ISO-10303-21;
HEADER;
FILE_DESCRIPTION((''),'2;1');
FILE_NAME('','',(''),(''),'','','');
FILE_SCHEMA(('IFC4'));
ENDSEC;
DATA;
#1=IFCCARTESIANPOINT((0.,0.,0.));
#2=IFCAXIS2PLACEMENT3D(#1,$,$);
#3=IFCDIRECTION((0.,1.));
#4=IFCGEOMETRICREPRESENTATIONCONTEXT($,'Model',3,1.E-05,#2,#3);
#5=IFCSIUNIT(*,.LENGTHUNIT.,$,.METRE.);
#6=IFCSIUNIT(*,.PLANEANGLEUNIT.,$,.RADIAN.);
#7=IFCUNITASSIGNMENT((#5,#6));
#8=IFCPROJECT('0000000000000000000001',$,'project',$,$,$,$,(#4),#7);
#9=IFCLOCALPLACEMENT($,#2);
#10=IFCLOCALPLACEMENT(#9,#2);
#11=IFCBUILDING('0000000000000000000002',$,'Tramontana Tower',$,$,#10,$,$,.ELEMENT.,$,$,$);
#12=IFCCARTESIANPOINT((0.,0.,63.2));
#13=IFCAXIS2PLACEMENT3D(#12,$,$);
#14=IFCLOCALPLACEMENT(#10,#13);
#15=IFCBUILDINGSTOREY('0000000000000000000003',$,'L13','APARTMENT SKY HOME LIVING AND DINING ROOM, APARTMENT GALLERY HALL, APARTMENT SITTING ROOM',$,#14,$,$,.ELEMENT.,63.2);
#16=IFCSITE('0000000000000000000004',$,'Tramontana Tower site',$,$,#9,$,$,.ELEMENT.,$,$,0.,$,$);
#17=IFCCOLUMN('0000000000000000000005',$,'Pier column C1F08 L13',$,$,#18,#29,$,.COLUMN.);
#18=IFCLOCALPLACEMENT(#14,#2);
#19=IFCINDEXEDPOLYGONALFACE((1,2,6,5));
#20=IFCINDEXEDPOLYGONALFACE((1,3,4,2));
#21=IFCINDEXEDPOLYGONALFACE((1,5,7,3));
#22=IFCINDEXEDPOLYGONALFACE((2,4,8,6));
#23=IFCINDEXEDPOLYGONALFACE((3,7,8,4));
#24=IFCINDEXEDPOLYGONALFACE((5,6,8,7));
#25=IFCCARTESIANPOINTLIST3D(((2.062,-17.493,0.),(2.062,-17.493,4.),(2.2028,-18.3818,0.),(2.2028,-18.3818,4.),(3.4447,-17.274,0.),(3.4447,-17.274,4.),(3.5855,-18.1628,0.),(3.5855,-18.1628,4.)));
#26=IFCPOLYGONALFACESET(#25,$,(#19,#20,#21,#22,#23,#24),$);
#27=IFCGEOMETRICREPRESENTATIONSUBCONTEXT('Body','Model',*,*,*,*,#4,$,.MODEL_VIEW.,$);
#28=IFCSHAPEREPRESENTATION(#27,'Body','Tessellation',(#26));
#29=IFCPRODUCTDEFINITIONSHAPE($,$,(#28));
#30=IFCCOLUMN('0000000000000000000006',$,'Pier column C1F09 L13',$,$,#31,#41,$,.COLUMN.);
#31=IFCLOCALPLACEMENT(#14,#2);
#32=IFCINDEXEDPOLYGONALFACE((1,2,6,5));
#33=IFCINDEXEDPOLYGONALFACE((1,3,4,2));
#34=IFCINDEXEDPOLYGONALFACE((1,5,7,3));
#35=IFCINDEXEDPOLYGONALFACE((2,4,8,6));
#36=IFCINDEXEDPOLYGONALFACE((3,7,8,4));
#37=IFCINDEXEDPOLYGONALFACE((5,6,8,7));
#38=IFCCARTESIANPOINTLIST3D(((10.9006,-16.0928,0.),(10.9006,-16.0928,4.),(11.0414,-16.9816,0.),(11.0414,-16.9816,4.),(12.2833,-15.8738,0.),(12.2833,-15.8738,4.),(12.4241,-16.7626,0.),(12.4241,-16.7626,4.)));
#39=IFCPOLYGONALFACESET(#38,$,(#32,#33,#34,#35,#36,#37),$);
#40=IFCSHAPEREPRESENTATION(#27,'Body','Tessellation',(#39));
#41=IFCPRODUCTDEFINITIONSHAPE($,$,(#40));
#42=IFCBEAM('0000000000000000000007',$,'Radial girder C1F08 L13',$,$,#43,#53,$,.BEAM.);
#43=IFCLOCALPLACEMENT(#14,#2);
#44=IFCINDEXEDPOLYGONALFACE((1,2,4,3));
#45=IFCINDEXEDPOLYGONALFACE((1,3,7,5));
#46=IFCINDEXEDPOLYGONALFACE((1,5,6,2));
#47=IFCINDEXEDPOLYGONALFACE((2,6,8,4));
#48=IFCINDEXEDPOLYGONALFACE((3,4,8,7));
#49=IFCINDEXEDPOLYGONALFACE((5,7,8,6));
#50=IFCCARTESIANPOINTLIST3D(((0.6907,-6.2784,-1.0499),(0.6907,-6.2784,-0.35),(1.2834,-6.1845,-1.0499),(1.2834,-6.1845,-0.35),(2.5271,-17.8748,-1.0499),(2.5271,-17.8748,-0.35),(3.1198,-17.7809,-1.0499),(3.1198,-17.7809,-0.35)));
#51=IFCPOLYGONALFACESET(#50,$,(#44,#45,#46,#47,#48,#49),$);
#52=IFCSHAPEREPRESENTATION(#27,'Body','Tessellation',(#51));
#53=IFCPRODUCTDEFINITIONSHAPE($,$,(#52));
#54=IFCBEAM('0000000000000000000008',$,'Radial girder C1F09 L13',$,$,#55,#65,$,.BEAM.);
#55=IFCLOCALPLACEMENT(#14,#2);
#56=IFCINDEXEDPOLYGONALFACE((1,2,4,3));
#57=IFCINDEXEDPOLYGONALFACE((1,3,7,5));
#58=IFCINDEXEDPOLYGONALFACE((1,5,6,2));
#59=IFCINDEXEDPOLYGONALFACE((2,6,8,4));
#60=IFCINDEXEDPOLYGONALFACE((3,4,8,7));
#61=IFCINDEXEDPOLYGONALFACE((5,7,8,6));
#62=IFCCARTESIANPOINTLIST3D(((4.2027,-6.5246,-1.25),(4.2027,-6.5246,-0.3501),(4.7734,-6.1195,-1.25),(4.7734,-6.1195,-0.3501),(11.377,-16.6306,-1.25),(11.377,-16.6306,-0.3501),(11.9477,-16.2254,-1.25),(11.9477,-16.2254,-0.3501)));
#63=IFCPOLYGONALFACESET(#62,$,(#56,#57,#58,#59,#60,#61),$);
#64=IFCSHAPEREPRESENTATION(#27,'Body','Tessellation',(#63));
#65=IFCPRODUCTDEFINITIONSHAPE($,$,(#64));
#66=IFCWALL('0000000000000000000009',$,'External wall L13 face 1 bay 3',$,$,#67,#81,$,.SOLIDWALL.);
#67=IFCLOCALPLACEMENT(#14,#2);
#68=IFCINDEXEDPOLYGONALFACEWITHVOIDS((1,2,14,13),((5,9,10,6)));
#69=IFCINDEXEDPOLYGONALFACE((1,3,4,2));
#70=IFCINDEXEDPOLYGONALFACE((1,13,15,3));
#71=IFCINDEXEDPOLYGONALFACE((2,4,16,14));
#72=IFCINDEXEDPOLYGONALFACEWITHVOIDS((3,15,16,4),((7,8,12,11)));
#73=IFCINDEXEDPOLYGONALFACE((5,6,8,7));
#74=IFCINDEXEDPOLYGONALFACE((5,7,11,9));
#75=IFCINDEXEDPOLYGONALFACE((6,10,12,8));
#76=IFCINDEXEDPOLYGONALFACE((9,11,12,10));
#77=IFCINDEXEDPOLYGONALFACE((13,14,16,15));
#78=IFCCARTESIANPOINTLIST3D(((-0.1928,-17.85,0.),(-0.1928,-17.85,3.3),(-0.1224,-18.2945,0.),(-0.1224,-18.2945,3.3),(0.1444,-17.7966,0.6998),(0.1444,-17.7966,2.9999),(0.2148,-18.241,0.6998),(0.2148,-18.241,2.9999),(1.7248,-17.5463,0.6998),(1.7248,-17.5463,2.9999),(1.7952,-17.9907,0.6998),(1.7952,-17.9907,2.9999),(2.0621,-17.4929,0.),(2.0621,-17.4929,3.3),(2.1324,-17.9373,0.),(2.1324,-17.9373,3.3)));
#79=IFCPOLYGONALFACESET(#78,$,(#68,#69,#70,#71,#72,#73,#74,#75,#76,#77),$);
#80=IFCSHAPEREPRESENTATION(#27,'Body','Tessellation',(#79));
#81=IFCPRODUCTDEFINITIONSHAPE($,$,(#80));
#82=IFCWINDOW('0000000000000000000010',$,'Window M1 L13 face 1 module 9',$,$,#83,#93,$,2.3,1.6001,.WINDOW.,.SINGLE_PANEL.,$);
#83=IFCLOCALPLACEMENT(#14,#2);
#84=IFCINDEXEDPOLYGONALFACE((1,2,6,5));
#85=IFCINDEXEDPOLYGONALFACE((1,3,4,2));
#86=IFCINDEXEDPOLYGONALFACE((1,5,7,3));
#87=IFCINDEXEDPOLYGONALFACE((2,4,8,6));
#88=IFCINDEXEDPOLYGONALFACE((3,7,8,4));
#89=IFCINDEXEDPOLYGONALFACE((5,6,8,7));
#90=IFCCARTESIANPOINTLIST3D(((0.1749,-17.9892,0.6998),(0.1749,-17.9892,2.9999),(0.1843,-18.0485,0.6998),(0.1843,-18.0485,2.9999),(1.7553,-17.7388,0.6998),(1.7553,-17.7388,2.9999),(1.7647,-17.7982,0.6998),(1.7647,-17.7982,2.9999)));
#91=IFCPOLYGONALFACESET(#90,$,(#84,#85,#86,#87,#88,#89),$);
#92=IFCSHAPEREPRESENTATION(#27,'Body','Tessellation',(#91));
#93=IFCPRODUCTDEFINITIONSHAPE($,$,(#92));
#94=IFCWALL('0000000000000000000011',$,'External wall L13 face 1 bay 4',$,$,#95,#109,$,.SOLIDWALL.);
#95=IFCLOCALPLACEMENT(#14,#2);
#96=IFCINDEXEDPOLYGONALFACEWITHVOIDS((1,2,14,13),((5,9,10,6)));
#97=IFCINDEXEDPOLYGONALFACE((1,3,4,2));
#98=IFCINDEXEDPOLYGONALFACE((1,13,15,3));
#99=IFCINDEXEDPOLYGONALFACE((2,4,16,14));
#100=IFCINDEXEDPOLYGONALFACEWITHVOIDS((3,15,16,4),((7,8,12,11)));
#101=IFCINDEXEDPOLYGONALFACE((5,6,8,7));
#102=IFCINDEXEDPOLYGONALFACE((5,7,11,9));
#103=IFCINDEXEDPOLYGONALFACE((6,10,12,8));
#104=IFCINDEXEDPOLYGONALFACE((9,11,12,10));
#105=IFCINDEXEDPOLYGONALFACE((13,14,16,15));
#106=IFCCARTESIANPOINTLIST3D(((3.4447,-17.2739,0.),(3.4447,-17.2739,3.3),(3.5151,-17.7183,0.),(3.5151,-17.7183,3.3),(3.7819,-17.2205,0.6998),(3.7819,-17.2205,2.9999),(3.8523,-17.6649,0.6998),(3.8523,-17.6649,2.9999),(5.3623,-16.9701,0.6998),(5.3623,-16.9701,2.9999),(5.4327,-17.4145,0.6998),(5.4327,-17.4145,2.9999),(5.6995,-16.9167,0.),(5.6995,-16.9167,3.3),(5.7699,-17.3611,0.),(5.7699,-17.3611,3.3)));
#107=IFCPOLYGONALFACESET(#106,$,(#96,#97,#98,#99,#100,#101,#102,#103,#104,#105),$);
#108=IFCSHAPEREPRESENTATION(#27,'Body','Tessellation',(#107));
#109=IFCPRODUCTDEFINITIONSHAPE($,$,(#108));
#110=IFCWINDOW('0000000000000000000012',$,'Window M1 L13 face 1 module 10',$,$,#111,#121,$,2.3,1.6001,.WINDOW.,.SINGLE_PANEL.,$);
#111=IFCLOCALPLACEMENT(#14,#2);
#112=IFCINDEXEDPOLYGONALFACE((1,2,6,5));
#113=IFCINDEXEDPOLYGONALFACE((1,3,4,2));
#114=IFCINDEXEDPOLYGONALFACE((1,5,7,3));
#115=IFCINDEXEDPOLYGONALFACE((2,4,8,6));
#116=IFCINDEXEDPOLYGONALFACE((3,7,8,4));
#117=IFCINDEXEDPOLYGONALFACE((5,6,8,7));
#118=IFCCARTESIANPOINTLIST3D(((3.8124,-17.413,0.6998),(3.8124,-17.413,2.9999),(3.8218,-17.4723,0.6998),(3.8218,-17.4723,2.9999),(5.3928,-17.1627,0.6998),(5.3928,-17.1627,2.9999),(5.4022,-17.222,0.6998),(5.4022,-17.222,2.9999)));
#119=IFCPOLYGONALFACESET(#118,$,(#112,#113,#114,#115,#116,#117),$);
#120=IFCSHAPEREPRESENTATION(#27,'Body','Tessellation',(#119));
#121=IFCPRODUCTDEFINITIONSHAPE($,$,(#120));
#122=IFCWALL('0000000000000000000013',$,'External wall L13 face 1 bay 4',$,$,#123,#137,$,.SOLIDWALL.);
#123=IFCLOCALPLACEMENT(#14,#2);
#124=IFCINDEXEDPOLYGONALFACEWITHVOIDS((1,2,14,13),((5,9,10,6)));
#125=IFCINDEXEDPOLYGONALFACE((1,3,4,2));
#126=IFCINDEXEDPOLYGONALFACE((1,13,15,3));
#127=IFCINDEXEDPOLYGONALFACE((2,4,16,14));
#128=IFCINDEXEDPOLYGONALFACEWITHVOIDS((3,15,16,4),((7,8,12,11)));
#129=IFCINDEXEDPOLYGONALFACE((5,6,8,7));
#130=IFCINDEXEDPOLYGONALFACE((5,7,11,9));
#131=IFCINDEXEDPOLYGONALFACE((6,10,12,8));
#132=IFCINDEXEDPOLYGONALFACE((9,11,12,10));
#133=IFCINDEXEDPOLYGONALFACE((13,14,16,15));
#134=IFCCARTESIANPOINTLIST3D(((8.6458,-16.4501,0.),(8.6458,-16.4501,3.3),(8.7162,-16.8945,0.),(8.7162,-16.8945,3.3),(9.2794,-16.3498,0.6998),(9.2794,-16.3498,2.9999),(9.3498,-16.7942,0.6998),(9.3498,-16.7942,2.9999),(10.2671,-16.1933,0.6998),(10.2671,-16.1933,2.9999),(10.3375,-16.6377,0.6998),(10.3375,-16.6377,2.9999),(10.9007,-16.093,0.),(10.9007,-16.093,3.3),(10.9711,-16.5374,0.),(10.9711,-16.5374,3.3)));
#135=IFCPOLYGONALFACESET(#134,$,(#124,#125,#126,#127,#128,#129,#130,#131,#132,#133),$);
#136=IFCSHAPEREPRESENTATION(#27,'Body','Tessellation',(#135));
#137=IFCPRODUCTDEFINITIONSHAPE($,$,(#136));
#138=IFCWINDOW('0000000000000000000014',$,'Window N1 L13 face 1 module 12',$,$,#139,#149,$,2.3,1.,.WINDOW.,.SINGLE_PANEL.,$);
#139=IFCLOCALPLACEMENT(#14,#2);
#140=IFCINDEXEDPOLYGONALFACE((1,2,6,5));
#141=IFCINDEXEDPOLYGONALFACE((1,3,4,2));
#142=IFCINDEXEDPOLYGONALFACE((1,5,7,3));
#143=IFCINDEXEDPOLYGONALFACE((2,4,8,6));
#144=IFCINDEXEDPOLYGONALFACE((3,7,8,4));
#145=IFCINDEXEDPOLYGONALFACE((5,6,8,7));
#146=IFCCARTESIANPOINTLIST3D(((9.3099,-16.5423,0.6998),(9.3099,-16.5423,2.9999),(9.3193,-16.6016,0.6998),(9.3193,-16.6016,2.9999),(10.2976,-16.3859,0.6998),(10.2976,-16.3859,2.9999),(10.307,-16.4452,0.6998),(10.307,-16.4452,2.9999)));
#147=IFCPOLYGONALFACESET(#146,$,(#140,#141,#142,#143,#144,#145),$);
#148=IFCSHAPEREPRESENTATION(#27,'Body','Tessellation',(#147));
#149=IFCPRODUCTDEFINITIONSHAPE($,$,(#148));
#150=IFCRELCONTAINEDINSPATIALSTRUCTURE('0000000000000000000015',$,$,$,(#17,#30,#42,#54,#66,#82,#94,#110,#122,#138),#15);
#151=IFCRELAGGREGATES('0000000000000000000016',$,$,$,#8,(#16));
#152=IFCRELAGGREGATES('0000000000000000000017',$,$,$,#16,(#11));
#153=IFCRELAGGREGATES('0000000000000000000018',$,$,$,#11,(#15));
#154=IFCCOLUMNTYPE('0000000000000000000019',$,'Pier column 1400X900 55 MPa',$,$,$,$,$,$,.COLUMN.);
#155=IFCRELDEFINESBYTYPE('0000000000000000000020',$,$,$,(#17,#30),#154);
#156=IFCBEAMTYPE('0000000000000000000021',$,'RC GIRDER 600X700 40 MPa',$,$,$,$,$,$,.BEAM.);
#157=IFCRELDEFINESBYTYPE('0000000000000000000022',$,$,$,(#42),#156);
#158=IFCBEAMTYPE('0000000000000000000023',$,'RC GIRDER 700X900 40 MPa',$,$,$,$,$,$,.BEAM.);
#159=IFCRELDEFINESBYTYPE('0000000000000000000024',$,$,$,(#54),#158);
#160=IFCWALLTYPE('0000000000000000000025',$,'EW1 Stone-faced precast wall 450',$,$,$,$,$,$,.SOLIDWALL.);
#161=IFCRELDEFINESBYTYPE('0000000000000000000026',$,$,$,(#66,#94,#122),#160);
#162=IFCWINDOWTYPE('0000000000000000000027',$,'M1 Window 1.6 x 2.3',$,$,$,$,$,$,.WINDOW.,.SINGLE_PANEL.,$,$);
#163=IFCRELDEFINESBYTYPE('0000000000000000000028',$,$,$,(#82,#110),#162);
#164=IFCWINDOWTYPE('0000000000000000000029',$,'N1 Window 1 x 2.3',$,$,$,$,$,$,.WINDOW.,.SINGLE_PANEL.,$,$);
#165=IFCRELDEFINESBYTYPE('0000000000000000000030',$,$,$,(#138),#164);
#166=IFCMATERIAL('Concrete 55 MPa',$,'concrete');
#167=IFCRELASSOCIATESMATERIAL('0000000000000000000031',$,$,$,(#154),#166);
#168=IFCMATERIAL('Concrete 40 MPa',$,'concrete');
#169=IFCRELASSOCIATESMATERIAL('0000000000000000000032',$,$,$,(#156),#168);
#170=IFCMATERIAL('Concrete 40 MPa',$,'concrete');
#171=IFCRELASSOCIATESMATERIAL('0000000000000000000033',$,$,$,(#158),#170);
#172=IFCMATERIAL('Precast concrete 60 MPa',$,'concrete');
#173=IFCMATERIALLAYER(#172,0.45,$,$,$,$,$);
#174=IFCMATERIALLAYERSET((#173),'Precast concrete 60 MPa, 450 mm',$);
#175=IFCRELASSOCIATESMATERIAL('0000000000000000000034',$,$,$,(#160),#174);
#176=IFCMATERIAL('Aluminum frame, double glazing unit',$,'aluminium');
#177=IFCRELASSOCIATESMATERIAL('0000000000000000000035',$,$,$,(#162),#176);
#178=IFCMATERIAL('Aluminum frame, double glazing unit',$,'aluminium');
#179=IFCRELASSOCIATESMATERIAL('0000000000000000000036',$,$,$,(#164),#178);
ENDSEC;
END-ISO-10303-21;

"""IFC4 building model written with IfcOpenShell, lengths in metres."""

from ifc_helpers import new_model, si_unit, direction, frame, frame_2d, origin, origin_2d, place, context, subcontext, project, spatial, rectangle, extrude, material, layer, layer_set, material_profile, profile_set, type_object, element, fill, save


model = new_model("IFC4")

# Units and contexts
model_context = context("Model", 3, precision=1e-05, world=origin(), true_north=direction((0.0, 1.0)))
body_context = subcontext(model_context, "Body", "Model", "MODEL_VIEW")
ifc_project = project(units=[si_unit("LENGTHUNIT", "METRE"), si_unit("PLANEANGLEUNIT", "RADIAN")], contexts=[model_context])

# Site, building, storey
site_placement = place(None, origin())
site = spatial("IfcSite", under=ifc_project, at=site_placement, Name="Tramontana Tower site", CompositionType="ELEMENT", RefElevation=0.0)
building_placement = place(site_placement, origin())
building = spatial("IfcBuilding", under=site, at=building_placement, Name="Tramontana Tower", CompositionType="ELEMENT")
storey_placement = place(building_placement, frame((0.0, 0.0, 63.2)))
storey = spatial("IfcBuildingStorey", under=building, at=storey_placement, Name="L13", Description="APARTMENT SKY HOME LIVING AND DINING ROOM, APARTMENT GALLERY HALL, APARTMENT SITTING ROOM", CompositionType="ELEMENT", Elevation=63.2)

# Columns
ifc_material_1 = material(Name="Concrete 55 MPa", Category="concrete")
ifc_material_profile_1 = material_profile(ifc_material_1, rectangle(XDim=1.3999, YDim=0.8999, at=origin_2d()), Name="Pier column 1400X900 55 MPa")
ifc_profile_set_1 = profile_set([ifc_material_profile_1], Name="Concrete 55 MPa")
column_type = type_object("IfcColumnType", Name="Pier column 1400X900 55 MPa", PredefinedType="COLUMN", material=ifc_profile_set_1)
for number, where, z_axis, x_axis, name in (
    (1, (2.8237, -17.8279, 0.0), (0.0, 0.0, 1.0), (0.987688, 0.156434, 0.0), "Pier column C1F08 L13"),
    (2, (11.6624, -16.4277, 0.0), (0.0, 0.0, 1.0), (0.987688, 0.156434, 0.0), "Pier column C1F09 L13"),
):
    element("IfcColumn", number, at=place(storey_placement, frame(where, z_axis=z_axis, x_axis=x_axis)), inside=storey, type_object=column_type, Name=name, PredefinedType="COLUMN", context=body_context, shape_type="SweptSolid", body=[
        extrude(rectangle(XDim=1.3999, YDim=0.8999, at=origin_2d()), origin(), (0.0, 0.0, 1.0), 4.0),
    ])

# Beams
ifc_material_2 = material(Name="Concrete 40 MPa", Category="concrete")
ifc_material_profile_2 = material_profile(ifc_material_2, rectangle(XDim=0.6001, YDim=0.7, at=origin_2d()), Name="RC GIRDER 600X700 40 MPa")
ifc_profile_set_2 = profile_set([ifc_material_profile_2], Name="Concrete 40 MPa")
beam_type_1 = type_object("IfcBeamType", Name="RC GIRDER 600X700 40 MPa", PredefinedType="BEAM", material=ifc_profile_set_2)
beam_1_placement = place(storey_placement, frame((2.8235, -17.8279, -0.7), z_axis=(-0.156412, 0.987692, 0.0), x_axis=(-0.987692, -0.156412, 0.0)))
element("IfcBeam", 3, at=beam_1_placement, inside=storey, type_object=beam_type_1, Name="Radial girder C1F08 L13", PredefinedType="BEAM", context=body_context, shape_type="SweptSolid", body=[
    extrude(rectangle(XDim=0.6001, YDim=0.7, at=origin_2d()), origin(), (0.0, 0.0, 1.0), 11.741),
])
ifc_material_3 = material(Name="Concrete 40 MPa", Category="concrete")
ifc_material_profile_3 = material_profile(ifc_material_3, rectangle(XDim=0.7, YDim=0.8999, at=origin_2d()), Name="RC GIRDER 700X900 40 MPa")
ifc_profile_set_3 = profile_set([ifc_material_profile_3], Name="Concrete 40 MPa")
beam_type_2 = type_object("IfcBeamType", Name="RC GIRDER 700X900 40 MPa", PredefinedType="BEAM", material=ifc_profile_set_3)
beam_2_placement = place(storey_placement, frame((11.6624, -16.428, -0.8), z_axis=(-0.578873, 0.815418, 0.0), x_axis=(-0.815418, -0.578873, 0.0)))
element("IfcBeam", 4, at=beam_2_placement, inside=storey, type_object=beam_type_2, Name="Radial girder C1F09 L13", PredefinedType="BEAM", context=body_context, shape_type="SweptSolid", body=[
    extrude(rectangle(XDim=0.7, YDim=0.8999, at=origin_2d()), origin(), (0.0, 0.0, 1.0), 12.3936),
])

# Walls, openings, windows
ifc_material_4 = material(Name="Precast concrete 60 MPa", Category="concrete")
ifc_layer_1 = layer(ifc_material_4, 0.45)
ifc_layer_set_1 = layer_set([ifc_layer_1], Name="Precast concrete 60 MPa, 450 mm")
wall_type_1 = type_object("IfcWallType", Name="EW1 Stone-faced precast wall 450", PredefinedType="SOLIDWALL", material=ifc_layer_set_1)
wall_1_placement = place(storey_placement, frame((-0.1577, -18.0723, 0.0), z_axis=(0.0, 0.0, 1.0), x_axis=(0.987686, 0.156451, 0.0)))
wall_1 = element("IfcWall", 5, at=wall_1_placement, inside=storey, type_object=wall_type_1, Name="External wall L13 face 1 bay 3", PredefinedType="SOLIDWALL", context=body_context, shape_type="SweptSolid", body=[
    extrude(rectangle(XDim=2.283, YDim=0.45, at=frame_2d((1.1416, 0.0))), origin(), (0.0, 0.0, 1.0), 3.3),
])
opening_1_placement = place(wall_1_placement, frame((0.3416, 0.0, 0.7)))
opening_1 = element("IfcOpeningElement", 6, at=opening_1_placement, cuts=wall_1, PredefinedType="OPENING", context=body_context, shape_type="SweptSolid", body=[
    extrude(rectangle(XDim=1.6001, YDim=2.3, at=frame_2d((0.8, 1.1499))), frame((0.0, 0.2349, 0.0), z_axis=(0.0, -1.0, 0.0), x_axis=(1.0, 0.0, 0.0)), (0.0, 0.0, 1.0), 0.47),
])
ifc_material_5 = material(Name="Aluminum frame, double glazing unit", Category="aluminium")
window_type_1 = type_object("IfcWindowType", Name="M1 Window 1.6 x 2.3", PartitioningType="SINGLE_PANEL", PredefinedType="WINDOW", material=ifc_material_5)
window_1_placement = place(opening_1_placement, origin())
window_1 = element("IfcWindow", 7, at=window_1_placement, inside=storey, type_object=window_type_1, Name="Window M1 L13 face 1 module 9", OverallHeight=2.3, OverallWidth=1.6001, PartitioningType="SINGLE_PANEL", PredefinedType="WINDOW", context=body_context, shape_type="SweptSolid", body=[
    extrude(rectangle(XDim=1.6001, YDim=2.3, at=frame_2d((0.8, 1.1499))), frame((0.0, 0.03, 0.0), z_axis=(0.0, -1.0, 0.0), x_axis=(1.0, 0.0, 0.0)), (0.0, 0.0, 1.0), 0.0601),
])
fill(opening_1, window_1)
wall_2_placement = place(storey_placement, frame((3.4797, -17.4961, 0.0), z_axis=(0.0, 0.0, 1.0), x_axis=(0.987686, 0.156451, 0.0)))
wall_2 = element("IfcWall", 8, at=wall_2_placement, inside=storey, type_object=wall_type_1, Name="External wall L13 face 1 bay 4", PredefinedType="SOLIDWALL", context=body_context, shape_type="SweptSolid", body=[
    extrude(rectangle(XDim=2.283, YDim=0.45, at=frame_2d((1.1416, 0.0))), origin(), (0.0, 0.0, 1.0), 3.3),
])
opening_2_placement = place(wall_2_placement, frame((0.3416, 0.0, 0.7)))
opening_2 = element("IfcOpeningElement", 9, at=opening_2_placement, cuts=wall_2, PredefinedType="OPENING", context=body_context, shape_type="SweptSolid", body=[
    extrude(rectangle(XDim=1.6001, YDim=2.3, at=frame_2d((0.8, 1.1499))), frame((0.0, 0.2349, 0.0), z_axis=(0.0, -1.0, 0.0), x_axis=(1.0, 0.0, 0.0)), (0.0, 0.0, 1.0), 0.47),
])
window_2_placement = place(opening_2_placement, origin())
window_2 = element("IfcWindow", 10, at=window_2_placement, inside=storey, type_object=window_type_1, Name="Window M1 L13 face 1 module 10", OverallHeight=2.3, OverallWidth=1.6001, PartitioningType="SINGLE_PANEL", PredefinedType="WINDOW", context=body_context, shape_type="SweptSolid", body=[
    extrude(rectangle(XDim=1.6001, YDim=2.3, at=frame_2d((0.8, 1.1499))), frame((0.0, 0.03, 0.0), z_axis=(0.0, -1.0, 0.0), x_axis=(1.0, 0.0, 0.0)), (0.0, 0.0, 1.0), 0.0601),
])
fill(opening_2, window_2)
wall_3_placement = place(storey_placement, frame((8.6809, -16.6724, 0.0), z_axis=(0.0, 0.0, 1.0), x_axis=(0.987686, 0.156451, 0.0)))
wall_3 = element("IfcWall", 11, at=wall_3_placement, inside=storey, type_object=wall_type_1, Name="External wall L13 face 1 bay 4", PredefinedType="SOLIDWALL", context=body_context, shape_type="SweptSolid", body=[
    extrude(rectangle(XDim=2.283, YDim=0.45, at=frame_2d((1.1416, 0.0))), origin(), (0.0, 0.0, 1.0), 3.3),
])
opening_3_placement = place(wall_3_placement, frame((0.6416, 0.0, 0.7)))
opening_3 = element("IfcOpeningElement", 12, at=opening_3_placement, cuts=wall_3, PredefinedType="OPENING", context=body_context, shape_type="SweptSolid", body=[
    extrude(rectangle(XDim=1.0, YDim=2.3, at=frame_2d((0.5, 1.1499))), frame((0.0, 0.2349, 0.0), z_axis=(0.0, -1.0, 0.0), x_axis=(1.0, 0.0, 0.0)), (0.0, 0.0, 1.0), 0.47),
])
ifc_material_6 = material(Name="Aluminum frame, double glazing unit", Category="aluminium")
window_type_2 = type_object("IfcWindowType", Name="N1 Window 1 x 2.3", PartitioningType="SINGLE_PANEL", PredefinedType="WINDOW", material=ifc_material_6)
window_3_placement = place(opening_3_placement, origin())
window_3 = element("IfcWindow", 13, at=window_3_placement, inside=storey, type_object=window_type_2, Name="Window N1 L13 face 1 module 12", OverallHeight=2.3, OverallWidth=1.0, PartitioningType="SINGLE_PANEL", PredefinedType="WINDOW", context=body_context, shape_type="SweptSolid", body=[
    extrude(rectangle(XDim=1.0, YDim=2.3, at=frame_2d((0.5, 1.1499))), frame((0.0, 0.03, 0.0), z_axis=(0.0, -1.0, 0.0), x_axis=(1.0, 0.0, 0.0)), (0.0, 0.0, 1.0), 0.0601),
])
fill(opening_3, window_3)

save(model, "model.ifc")
